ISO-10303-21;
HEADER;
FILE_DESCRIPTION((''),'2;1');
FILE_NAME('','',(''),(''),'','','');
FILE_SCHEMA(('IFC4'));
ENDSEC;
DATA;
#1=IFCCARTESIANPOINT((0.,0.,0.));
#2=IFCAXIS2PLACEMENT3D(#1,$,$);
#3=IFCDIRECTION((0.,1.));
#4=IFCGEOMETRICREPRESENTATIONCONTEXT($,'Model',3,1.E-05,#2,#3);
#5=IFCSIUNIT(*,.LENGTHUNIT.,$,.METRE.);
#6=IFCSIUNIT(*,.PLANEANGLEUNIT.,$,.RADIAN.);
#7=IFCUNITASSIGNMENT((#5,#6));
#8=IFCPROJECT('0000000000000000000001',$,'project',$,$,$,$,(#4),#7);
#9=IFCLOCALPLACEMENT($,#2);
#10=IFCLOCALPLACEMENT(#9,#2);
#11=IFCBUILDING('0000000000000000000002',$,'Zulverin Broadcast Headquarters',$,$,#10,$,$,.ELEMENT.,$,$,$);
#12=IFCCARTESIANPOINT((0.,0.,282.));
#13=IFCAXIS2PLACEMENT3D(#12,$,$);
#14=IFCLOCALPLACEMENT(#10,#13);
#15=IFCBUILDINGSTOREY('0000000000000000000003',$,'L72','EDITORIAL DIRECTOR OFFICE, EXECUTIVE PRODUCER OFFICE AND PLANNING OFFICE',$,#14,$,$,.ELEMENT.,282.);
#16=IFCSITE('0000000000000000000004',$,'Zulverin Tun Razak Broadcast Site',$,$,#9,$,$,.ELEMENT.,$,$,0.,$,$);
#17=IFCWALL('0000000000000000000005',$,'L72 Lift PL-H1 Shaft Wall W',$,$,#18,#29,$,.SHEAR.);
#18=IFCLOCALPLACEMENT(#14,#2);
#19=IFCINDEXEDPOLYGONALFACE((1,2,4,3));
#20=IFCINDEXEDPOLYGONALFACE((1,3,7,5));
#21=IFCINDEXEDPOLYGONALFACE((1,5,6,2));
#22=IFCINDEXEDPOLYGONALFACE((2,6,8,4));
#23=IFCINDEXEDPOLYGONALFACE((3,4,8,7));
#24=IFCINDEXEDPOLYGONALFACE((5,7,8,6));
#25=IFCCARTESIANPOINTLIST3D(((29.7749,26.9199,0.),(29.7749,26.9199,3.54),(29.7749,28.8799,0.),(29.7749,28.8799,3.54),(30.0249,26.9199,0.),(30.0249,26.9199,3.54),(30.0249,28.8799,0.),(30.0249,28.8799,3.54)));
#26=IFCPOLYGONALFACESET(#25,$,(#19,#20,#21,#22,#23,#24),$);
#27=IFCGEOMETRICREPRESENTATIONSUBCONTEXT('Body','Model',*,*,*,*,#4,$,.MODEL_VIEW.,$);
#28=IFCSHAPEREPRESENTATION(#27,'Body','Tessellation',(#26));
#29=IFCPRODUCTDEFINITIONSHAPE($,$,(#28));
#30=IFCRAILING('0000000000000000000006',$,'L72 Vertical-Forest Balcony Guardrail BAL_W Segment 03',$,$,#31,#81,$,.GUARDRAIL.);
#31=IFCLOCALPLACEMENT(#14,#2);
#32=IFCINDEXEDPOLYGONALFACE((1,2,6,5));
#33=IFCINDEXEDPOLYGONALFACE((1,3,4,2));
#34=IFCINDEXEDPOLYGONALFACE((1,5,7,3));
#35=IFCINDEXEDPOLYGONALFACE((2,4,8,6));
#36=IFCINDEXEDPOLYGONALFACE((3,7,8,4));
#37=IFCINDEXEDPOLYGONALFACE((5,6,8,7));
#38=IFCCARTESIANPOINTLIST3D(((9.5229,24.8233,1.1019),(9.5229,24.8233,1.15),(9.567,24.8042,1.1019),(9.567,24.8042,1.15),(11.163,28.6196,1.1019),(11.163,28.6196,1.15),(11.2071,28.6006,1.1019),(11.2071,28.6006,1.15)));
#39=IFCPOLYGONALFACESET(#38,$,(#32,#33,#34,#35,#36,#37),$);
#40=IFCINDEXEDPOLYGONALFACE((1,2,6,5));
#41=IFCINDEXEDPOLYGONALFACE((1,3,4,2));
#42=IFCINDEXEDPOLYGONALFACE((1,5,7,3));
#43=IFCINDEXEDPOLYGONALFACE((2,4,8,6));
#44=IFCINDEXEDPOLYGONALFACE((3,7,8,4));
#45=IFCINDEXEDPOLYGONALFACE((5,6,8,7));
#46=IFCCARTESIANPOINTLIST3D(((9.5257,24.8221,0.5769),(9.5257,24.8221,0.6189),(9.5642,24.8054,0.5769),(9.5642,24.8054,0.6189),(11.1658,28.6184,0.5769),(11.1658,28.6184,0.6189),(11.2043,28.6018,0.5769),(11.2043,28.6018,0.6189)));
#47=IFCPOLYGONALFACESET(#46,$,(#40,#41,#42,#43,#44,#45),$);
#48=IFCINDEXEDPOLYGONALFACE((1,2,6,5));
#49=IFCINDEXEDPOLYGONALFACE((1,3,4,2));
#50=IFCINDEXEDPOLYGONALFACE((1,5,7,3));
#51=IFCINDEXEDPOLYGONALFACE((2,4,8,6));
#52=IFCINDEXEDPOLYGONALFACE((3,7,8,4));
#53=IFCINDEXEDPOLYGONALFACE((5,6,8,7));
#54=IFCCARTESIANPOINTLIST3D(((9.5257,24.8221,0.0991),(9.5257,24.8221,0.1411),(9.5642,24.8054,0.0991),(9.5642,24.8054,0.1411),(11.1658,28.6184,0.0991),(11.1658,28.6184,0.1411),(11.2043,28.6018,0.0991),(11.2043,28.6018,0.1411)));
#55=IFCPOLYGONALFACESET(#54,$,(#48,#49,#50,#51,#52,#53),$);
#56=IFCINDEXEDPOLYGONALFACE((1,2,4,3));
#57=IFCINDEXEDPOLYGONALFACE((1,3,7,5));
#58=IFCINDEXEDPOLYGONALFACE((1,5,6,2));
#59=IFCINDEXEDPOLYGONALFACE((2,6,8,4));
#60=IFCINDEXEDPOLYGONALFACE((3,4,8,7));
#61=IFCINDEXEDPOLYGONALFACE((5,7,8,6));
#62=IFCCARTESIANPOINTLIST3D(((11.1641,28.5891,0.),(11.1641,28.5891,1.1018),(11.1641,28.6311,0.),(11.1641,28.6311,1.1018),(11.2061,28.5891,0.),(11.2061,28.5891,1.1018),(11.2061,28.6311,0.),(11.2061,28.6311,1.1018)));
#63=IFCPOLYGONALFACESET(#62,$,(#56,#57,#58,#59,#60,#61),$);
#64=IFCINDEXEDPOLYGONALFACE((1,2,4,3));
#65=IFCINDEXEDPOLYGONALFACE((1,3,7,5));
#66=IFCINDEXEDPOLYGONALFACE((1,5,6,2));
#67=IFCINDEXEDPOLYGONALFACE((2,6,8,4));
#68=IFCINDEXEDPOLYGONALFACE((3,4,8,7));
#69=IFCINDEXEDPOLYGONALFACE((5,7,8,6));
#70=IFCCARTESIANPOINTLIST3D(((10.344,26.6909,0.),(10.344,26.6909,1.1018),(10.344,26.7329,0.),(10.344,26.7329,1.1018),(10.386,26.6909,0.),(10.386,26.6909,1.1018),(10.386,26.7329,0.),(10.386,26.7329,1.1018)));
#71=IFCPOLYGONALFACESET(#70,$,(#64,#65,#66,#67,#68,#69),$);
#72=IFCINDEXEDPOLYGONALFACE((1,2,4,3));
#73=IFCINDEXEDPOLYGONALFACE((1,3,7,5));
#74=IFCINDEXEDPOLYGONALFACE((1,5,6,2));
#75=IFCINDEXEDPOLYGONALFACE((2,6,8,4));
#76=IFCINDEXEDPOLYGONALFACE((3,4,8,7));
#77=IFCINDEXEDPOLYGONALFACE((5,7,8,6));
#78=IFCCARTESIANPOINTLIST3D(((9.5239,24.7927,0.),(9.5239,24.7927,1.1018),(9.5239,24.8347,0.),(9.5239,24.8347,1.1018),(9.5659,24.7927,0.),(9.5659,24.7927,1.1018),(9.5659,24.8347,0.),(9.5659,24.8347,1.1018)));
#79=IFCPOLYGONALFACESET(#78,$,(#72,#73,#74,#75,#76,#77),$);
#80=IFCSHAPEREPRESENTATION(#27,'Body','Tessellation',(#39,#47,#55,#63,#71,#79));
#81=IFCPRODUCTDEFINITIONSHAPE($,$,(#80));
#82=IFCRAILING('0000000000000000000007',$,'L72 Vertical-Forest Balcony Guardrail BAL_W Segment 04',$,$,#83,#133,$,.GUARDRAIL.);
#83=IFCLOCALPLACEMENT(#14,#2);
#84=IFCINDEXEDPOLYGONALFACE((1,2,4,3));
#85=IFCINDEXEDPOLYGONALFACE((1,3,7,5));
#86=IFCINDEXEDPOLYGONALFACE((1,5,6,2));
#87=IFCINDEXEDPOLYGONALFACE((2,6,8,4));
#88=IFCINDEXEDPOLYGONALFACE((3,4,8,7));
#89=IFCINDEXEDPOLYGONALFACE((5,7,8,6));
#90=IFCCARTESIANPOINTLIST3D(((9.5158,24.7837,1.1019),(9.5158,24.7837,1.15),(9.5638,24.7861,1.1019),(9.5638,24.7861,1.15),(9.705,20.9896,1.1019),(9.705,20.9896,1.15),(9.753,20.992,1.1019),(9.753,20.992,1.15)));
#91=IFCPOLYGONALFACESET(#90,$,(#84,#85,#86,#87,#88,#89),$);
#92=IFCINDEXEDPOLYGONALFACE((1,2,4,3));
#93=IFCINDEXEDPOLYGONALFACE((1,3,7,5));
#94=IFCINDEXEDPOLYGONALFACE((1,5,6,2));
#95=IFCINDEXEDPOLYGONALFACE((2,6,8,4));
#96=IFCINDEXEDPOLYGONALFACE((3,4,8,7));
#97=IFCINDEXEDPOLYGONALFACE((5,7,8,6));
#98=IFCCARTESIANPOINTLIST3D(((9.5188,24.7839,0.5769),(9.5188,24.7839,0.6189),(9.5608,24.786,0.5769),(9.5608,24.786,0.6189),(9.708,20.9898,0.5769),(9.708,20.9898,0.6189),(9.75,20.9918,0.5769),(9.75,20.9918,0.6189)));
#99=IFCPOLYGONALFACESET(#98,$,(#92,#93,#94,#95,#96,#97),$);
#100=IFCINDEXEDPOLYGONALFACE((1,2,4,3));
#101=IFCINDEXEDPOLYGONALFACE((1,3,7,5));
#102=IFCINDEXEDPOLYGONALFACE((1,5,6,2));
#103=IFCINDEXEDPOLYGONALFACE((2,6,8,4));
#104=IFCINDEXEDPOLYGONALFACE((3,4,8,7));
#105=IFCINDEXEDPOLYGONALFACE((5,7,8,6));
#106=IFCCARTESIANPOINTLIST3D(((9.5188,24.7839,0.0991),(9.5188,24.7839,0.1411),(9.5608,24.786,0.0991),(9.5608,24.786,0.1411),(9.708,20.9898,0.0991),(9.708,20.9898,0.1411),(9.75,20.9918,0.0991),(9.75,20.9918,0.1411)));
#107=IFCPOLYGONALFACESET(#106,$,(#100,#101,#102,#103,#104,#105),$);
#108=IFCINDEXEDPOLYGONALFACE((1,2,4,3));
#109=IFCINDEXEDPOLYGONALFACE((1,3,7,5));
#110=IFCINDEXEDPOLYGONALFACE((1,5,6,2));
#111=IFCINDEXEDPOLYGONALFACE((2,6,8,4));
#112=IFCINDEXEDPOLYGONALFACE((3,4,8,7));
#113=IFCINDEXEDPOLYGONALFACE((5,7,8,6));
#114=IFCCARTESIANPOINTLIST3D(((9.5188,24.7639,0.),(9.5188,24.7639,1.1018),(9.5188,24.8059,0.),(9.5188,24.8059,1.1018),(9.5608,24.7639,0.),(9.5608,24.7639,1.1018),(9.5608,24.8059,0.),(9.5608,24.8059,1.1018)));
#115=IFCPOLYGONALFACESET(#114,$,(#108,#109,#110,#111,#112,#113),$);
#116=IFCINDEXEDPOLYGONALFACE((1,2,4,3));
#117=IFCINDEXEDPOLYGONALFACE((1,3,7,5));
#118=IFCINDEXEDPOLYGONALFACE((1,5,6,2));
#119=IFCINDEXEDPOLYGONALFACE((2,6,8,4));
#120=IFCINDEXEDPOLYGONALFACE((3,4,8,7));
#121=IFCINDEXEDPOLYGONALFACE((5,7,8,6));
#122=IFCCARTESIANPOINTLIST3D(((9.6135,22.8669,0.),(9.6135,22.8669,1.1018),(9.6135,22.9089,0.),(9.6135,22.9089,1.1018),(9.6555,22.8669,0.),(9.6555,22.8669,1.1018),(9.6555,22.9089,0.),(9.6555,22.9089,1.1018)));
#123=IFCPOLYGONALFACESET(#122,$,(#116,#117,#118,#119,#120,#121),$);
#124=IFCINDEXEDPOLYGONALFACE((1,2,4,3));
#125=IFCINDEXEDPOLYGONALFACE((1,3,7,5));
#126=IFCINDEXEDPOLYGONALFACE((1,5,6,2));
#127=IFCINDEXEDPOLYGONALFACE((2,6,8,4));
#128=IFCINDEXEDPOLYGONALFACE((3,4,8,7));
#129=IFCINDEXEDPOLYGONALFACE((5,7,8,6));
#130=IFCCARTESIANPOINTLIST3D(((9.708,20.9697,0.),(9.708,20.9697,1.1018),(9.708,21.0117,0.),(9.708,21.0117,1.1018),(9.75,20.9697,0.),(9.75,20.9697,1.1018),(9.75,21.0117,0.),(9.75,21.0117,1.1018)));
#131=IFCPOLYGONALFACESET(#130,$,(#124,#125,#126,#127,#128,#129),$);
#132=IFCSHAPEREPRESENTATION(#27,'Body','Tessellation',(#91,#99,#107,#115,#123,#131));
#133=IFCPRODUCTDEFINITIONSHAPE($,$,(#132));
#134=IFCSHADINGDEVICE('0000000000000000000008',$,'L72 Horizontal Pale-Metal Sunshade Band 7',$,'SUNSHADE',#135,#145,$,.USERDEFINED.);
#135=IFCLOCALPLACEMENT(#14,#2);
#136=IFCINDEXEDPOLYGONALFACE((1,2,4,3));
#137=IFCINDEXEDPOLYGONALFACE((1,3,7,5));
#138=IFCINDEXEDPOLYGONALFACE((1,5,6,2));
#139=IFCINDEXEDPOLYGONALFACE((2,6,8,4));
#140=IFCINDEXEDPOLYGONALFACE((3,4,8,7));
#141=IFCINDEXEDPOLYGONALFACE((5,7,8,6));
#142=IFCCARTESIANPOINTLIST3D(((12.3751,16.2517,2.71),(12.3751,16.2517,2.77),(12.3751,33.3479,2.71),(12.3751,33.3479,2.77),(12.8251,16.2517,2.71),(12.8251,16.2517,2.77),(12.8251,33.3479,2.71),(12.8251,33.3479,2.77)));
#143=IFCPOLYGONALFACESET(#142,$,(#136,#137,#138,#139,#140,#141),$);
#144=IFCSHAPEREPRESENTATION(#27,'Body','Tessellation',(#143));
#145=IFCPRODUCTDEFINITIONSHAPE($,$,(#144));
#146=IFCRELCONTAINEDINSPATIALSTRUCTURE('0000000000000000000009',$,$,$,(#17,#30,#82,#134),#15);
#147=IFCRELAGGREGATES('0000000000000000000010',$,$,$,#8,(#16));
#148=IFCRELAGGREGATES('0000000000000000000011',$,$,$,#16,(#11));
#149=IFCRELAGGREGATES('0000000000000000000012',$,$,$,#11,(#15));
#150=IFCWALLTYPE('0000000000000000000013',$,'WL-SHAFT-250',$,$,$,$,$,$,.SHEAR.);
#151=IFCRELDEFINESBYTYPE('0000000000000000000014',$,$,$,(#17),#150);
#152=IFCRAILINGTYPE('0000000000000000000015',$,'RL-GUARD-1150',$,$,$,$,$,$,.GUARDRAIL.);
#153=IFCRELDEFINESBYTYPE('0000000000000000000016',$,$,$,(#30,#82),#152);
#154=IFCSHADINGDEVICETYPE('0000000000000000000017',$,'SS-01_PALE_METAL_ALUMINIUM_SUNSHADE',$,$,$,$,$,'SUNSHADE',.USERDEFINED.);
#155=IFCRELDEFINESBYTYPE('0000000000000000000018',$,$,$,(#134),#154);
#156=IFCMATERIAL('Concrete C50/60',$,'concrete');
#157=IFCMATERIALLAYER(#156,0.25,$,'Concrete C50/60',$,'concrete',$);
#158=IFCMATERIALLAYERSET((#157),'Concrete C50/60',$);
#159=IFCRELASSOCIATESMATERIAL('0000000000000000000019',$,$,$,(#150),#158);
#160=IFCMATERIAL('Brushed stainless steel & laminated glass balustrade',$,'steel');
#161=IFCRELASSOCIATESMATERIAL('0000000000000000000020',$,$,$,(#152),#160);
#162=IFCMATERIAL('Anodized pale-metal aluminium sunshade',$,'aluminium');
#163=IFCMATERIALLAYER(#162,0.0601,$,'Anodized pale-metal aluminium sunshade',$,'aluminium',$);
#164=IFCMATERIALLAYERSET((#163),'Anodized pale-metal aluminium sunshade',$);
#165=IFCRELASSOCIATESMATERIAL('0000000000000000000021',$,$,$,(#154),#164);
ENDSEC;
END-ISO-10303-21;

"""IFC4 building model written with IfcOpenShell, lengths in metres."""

from ifc_helpers import new_model, si_unit, direction, frame, frame_2d, origin, origin_2d, place, context, subcontext, project, spatial, rectangle, extrude, material, layer, layer_set, type_object, element, save


model = new_model("IFC4")

# Units and contexts
model_context = context("Model", 3, precision=1e-05, world=origin(), true_north=direction((0.0, 1.0)))
body_context = subcontext(model_context, "Body", "Model", "MODEL_VIEW")
ifc_project = project(units=[si_unit("LENGTHUNIT", "METRE"), si_unit("PLANEANGLEUNIT", "RADIAN")], contexts=[model_context])

# Site, building, storey
site_placement = place(None, origin())
site = spatial("IfcSite", under=ifc_project, at=site_placement, Name="Zulverin Tun Razak Broadcast Site", CompositionType="ELEMENT", RefElevation=0.0)
building_placement = place(site_placement, origin())
building = spatial("IfcBuilding", under=site, at=building_placement, Name="Zulverin Broadcast Headquarters", CompositionType="ELEMENT")
storey_placement = place(building_placement, frame((0.0, 0.0, 282.0)))
storey = spatial("IfcBuildingStorey", under=building, at=storey_placement, Name="L72", Description="EDITORIAL DIRECTOR OFFICE, EXECUTIVE PRODUCER OFFICE AND PLANNING OFFICE", CompositionType="ELEMENT", Elevation=282.0)

# Shared definitions
ifc_material_1 = material(Name="Concrete C50/60", Category="concrete")

# Shared definitions
ifc_layer_1 = layer(ifc_material_1, 0.25, Name="Concrete C50/60", Category="concrete")
ifc_layer_set_1 = layer_set([ifc_layer_1], Name="Concrete C50/60")
wall_type_1 = type_object("IfcWallType", Name="WL-SHAFT-250", PredefinedType="SHEAR", material=ifc_layer_set_1)

# Wall
wall_1_placement = place(storey_placement, frame((29.8999, 26.9199, 0.0), z_axis=(0.0, 0.0, 1.0), x_axis=(0.0, 1.0, 0.0)))
element("IfcWall", 1, at=wall_1_placement, inside=storey, type_object=wall_type_1, Name="L72 Lift PL-H1 Shaft Wall W", PredefinedType="SHEAR", context=body_context, shape_type="SweptSolid", body=[
    extrude(rectangle(XDim=1.96, YDim=0.25, at=frame_2d((0.98, 0.0))), origin(), (0.0, 0.0, 1.0), 3.54),
])

# Railings
ifc_material_2 = material(Name="Brushed stainless steel & laminated glass balustrade", Category="steel")
railing_type = type_object("IfcRailingType", Name="RL-GUARD-1150", PredefinedType="GUARDRAIL", material=ifc_material_2)
railing_1_placement = place(storey_placement, frame((11.1851, 28.6101, 0.0)))
element("IfcRailing", 2, at=railing_1_placement, inside=storey, type_object=railing_type, Name="L72 Vertical-Forest Balcony Guardrail BAL_W Segment 03", PredefinedType="GUARDRAIL", context=body_context, shape_type="SweptSolid", body=[
    extrude(rectangle(XDim=0.0481, YDim=0.0481, at=origin_2d()), frame((0.0, 0.0, 1.126), z_axis=(-0.396597, -0.917993, 0.0), x_axis=(0.917993, -0.396597, 0.0)), (0.0, 0.0, 1.0), 4.1355),
    extrude(rectangle(XDim=0.042, YDim=0.042, at=origin_2d()), frame((0.0, 0.0, 0.5979), z_axis=(-0.396597, -0.917993, 0.0), x_axis=(0.917993, -0.396597, 0.0)), (0.0, 0.0, 1.0), 4.1355),
    extrude(rectangle(XDim=0.042, YDim=0.042, at=origin_2d()), frame((0.0, 0.0, 0.1201), z_axis=(-0.396597, -0.917993, 0.0), x_axis=(0.917993, -0.396597, 0.0)), (0.0, 0.0, 1.0), 4.1355),
    extrude(rectangle(XDim=0.042, YDim=0.042, at=origin_2d()), origin(), (0.0, 0.0, 1.0), 1.1018),
    extrude(rectangle(XDim=0.042, YDim=0.042, at=origin_2d()), frame((-0.8201, -1.8982, 0.0)), (0.0, 0.0, 1.0), 1.1018),
    extrude(rectangle(XDim=0.042, YDim=0.042, at=origin_2d()), frame((-1.6401, -3.7964, 0.0)), (0.0, 0.0, 1.0), 1.1018),
])
railing_2_placement = place(storey_placement, frame((9.5398, 24.7849, 0.0)))
element("IfcRailing", 3, at=railing_2_placement, inside=storey, type_object=railing_type, Name="L72 Vertical-Forest Balcony Guardrail BAL_W Segment 04", PredefinedType="GUARDRAIL", context=body_context, shape_type="SweptSolid", body=[
    extrude(rectangle(XDim=0.0481, YDim=0.0481, at=origin_2d()), frame((0.0, 0.0, 1.126), z_axis=(0.049806, -0.998759, 0.0), x_axis=(0.998759, 0.049806, 0.0)), (0.0, 0.0, 1.0), 3.7988),
    extrude(rectangle(XDim=0.042, YDim=0.042, at=origin_2d()), frame((0.0, 0.0, 0.5979), z_axis=(0.049806, -0.998759, 0.0), x_axis=(0.998759, 0.049806, 0.0)), (0.0, 0.0, 1.0), 3.7988),
    extrude(rectangle(XDim=0.042, YDim=0.042, at=origin_2d()), frame((0.0, 0.0, 0.1201), z_axis=(0.049806, -0.998759, 0.0), x_axis=(0.998759, 0.049806, 0.0)), (0.0, 0.0, 1.0), 3.7988),
    extrude(rectangle(XDim=0.042, YDim=0.042, at=origin_2d()), origin(), (0.0, 0.0, 1.0), 1.1018),
    extrude(rectangle(XDim=0.042, YDim=0.042, at=origin_2d()), frame((0.0947, -1.897, 0.0)), (0.0, 0.0, 1.0), 1.1018),
    extrude(rectangle(XDim=0.042, YDim=0.042, at=origin_2d()), frame((0.1892, -3.7942, 0.0)), (0.0, 0.0, 1.0), 1.1018),
])

# Shading device
ifc_material_3 = material(Name="Anodized pale-metal aluminium sunshade", Category="aluminium")
ifc_layer_2 = layer(ifc_material_3, 0.0601, Name="Anodized pale-metal aluminium sunshade", Category="aluminium")
ifc_layer_set_2 = layer_set([ifc_layer_2], Name="Anodized pale-metal aluminium sunshade")
shading_device_type = type_object("IfcShadingDeviceType", Name="SS-01_PALE_METAL_ALUMINIUM_SUNSHADE", ElementType="SUNSHADE", PredefinedType="USERDEFINED", material=ifc_layer_set_2)
shading_device_placement = place(storey_placement, frame((12.6001, 24.7998, 2.71), z_axis=(0.0, 0.0, 1.0), x_axis=(0.0, -1.0, 0.0)))
element("IfcShadingDevice", 4, at=shading_device_placement, inside=storey, type_object=shading_device_type, Name="L72 Horizontal Pale-Metal Sunshade Band 7", ObjectType="SUNSHADE", PredefinedType="USERDEFINED", context=body_context, shape_type="SweptSolid", body=[
    extrude(rectangle(XDim=17.0962, YDim=0.45, at=origin_2d()), origin(), (0.0, 0.0, 1.0), 0.0601),
])

save(model, "model.ifc")
